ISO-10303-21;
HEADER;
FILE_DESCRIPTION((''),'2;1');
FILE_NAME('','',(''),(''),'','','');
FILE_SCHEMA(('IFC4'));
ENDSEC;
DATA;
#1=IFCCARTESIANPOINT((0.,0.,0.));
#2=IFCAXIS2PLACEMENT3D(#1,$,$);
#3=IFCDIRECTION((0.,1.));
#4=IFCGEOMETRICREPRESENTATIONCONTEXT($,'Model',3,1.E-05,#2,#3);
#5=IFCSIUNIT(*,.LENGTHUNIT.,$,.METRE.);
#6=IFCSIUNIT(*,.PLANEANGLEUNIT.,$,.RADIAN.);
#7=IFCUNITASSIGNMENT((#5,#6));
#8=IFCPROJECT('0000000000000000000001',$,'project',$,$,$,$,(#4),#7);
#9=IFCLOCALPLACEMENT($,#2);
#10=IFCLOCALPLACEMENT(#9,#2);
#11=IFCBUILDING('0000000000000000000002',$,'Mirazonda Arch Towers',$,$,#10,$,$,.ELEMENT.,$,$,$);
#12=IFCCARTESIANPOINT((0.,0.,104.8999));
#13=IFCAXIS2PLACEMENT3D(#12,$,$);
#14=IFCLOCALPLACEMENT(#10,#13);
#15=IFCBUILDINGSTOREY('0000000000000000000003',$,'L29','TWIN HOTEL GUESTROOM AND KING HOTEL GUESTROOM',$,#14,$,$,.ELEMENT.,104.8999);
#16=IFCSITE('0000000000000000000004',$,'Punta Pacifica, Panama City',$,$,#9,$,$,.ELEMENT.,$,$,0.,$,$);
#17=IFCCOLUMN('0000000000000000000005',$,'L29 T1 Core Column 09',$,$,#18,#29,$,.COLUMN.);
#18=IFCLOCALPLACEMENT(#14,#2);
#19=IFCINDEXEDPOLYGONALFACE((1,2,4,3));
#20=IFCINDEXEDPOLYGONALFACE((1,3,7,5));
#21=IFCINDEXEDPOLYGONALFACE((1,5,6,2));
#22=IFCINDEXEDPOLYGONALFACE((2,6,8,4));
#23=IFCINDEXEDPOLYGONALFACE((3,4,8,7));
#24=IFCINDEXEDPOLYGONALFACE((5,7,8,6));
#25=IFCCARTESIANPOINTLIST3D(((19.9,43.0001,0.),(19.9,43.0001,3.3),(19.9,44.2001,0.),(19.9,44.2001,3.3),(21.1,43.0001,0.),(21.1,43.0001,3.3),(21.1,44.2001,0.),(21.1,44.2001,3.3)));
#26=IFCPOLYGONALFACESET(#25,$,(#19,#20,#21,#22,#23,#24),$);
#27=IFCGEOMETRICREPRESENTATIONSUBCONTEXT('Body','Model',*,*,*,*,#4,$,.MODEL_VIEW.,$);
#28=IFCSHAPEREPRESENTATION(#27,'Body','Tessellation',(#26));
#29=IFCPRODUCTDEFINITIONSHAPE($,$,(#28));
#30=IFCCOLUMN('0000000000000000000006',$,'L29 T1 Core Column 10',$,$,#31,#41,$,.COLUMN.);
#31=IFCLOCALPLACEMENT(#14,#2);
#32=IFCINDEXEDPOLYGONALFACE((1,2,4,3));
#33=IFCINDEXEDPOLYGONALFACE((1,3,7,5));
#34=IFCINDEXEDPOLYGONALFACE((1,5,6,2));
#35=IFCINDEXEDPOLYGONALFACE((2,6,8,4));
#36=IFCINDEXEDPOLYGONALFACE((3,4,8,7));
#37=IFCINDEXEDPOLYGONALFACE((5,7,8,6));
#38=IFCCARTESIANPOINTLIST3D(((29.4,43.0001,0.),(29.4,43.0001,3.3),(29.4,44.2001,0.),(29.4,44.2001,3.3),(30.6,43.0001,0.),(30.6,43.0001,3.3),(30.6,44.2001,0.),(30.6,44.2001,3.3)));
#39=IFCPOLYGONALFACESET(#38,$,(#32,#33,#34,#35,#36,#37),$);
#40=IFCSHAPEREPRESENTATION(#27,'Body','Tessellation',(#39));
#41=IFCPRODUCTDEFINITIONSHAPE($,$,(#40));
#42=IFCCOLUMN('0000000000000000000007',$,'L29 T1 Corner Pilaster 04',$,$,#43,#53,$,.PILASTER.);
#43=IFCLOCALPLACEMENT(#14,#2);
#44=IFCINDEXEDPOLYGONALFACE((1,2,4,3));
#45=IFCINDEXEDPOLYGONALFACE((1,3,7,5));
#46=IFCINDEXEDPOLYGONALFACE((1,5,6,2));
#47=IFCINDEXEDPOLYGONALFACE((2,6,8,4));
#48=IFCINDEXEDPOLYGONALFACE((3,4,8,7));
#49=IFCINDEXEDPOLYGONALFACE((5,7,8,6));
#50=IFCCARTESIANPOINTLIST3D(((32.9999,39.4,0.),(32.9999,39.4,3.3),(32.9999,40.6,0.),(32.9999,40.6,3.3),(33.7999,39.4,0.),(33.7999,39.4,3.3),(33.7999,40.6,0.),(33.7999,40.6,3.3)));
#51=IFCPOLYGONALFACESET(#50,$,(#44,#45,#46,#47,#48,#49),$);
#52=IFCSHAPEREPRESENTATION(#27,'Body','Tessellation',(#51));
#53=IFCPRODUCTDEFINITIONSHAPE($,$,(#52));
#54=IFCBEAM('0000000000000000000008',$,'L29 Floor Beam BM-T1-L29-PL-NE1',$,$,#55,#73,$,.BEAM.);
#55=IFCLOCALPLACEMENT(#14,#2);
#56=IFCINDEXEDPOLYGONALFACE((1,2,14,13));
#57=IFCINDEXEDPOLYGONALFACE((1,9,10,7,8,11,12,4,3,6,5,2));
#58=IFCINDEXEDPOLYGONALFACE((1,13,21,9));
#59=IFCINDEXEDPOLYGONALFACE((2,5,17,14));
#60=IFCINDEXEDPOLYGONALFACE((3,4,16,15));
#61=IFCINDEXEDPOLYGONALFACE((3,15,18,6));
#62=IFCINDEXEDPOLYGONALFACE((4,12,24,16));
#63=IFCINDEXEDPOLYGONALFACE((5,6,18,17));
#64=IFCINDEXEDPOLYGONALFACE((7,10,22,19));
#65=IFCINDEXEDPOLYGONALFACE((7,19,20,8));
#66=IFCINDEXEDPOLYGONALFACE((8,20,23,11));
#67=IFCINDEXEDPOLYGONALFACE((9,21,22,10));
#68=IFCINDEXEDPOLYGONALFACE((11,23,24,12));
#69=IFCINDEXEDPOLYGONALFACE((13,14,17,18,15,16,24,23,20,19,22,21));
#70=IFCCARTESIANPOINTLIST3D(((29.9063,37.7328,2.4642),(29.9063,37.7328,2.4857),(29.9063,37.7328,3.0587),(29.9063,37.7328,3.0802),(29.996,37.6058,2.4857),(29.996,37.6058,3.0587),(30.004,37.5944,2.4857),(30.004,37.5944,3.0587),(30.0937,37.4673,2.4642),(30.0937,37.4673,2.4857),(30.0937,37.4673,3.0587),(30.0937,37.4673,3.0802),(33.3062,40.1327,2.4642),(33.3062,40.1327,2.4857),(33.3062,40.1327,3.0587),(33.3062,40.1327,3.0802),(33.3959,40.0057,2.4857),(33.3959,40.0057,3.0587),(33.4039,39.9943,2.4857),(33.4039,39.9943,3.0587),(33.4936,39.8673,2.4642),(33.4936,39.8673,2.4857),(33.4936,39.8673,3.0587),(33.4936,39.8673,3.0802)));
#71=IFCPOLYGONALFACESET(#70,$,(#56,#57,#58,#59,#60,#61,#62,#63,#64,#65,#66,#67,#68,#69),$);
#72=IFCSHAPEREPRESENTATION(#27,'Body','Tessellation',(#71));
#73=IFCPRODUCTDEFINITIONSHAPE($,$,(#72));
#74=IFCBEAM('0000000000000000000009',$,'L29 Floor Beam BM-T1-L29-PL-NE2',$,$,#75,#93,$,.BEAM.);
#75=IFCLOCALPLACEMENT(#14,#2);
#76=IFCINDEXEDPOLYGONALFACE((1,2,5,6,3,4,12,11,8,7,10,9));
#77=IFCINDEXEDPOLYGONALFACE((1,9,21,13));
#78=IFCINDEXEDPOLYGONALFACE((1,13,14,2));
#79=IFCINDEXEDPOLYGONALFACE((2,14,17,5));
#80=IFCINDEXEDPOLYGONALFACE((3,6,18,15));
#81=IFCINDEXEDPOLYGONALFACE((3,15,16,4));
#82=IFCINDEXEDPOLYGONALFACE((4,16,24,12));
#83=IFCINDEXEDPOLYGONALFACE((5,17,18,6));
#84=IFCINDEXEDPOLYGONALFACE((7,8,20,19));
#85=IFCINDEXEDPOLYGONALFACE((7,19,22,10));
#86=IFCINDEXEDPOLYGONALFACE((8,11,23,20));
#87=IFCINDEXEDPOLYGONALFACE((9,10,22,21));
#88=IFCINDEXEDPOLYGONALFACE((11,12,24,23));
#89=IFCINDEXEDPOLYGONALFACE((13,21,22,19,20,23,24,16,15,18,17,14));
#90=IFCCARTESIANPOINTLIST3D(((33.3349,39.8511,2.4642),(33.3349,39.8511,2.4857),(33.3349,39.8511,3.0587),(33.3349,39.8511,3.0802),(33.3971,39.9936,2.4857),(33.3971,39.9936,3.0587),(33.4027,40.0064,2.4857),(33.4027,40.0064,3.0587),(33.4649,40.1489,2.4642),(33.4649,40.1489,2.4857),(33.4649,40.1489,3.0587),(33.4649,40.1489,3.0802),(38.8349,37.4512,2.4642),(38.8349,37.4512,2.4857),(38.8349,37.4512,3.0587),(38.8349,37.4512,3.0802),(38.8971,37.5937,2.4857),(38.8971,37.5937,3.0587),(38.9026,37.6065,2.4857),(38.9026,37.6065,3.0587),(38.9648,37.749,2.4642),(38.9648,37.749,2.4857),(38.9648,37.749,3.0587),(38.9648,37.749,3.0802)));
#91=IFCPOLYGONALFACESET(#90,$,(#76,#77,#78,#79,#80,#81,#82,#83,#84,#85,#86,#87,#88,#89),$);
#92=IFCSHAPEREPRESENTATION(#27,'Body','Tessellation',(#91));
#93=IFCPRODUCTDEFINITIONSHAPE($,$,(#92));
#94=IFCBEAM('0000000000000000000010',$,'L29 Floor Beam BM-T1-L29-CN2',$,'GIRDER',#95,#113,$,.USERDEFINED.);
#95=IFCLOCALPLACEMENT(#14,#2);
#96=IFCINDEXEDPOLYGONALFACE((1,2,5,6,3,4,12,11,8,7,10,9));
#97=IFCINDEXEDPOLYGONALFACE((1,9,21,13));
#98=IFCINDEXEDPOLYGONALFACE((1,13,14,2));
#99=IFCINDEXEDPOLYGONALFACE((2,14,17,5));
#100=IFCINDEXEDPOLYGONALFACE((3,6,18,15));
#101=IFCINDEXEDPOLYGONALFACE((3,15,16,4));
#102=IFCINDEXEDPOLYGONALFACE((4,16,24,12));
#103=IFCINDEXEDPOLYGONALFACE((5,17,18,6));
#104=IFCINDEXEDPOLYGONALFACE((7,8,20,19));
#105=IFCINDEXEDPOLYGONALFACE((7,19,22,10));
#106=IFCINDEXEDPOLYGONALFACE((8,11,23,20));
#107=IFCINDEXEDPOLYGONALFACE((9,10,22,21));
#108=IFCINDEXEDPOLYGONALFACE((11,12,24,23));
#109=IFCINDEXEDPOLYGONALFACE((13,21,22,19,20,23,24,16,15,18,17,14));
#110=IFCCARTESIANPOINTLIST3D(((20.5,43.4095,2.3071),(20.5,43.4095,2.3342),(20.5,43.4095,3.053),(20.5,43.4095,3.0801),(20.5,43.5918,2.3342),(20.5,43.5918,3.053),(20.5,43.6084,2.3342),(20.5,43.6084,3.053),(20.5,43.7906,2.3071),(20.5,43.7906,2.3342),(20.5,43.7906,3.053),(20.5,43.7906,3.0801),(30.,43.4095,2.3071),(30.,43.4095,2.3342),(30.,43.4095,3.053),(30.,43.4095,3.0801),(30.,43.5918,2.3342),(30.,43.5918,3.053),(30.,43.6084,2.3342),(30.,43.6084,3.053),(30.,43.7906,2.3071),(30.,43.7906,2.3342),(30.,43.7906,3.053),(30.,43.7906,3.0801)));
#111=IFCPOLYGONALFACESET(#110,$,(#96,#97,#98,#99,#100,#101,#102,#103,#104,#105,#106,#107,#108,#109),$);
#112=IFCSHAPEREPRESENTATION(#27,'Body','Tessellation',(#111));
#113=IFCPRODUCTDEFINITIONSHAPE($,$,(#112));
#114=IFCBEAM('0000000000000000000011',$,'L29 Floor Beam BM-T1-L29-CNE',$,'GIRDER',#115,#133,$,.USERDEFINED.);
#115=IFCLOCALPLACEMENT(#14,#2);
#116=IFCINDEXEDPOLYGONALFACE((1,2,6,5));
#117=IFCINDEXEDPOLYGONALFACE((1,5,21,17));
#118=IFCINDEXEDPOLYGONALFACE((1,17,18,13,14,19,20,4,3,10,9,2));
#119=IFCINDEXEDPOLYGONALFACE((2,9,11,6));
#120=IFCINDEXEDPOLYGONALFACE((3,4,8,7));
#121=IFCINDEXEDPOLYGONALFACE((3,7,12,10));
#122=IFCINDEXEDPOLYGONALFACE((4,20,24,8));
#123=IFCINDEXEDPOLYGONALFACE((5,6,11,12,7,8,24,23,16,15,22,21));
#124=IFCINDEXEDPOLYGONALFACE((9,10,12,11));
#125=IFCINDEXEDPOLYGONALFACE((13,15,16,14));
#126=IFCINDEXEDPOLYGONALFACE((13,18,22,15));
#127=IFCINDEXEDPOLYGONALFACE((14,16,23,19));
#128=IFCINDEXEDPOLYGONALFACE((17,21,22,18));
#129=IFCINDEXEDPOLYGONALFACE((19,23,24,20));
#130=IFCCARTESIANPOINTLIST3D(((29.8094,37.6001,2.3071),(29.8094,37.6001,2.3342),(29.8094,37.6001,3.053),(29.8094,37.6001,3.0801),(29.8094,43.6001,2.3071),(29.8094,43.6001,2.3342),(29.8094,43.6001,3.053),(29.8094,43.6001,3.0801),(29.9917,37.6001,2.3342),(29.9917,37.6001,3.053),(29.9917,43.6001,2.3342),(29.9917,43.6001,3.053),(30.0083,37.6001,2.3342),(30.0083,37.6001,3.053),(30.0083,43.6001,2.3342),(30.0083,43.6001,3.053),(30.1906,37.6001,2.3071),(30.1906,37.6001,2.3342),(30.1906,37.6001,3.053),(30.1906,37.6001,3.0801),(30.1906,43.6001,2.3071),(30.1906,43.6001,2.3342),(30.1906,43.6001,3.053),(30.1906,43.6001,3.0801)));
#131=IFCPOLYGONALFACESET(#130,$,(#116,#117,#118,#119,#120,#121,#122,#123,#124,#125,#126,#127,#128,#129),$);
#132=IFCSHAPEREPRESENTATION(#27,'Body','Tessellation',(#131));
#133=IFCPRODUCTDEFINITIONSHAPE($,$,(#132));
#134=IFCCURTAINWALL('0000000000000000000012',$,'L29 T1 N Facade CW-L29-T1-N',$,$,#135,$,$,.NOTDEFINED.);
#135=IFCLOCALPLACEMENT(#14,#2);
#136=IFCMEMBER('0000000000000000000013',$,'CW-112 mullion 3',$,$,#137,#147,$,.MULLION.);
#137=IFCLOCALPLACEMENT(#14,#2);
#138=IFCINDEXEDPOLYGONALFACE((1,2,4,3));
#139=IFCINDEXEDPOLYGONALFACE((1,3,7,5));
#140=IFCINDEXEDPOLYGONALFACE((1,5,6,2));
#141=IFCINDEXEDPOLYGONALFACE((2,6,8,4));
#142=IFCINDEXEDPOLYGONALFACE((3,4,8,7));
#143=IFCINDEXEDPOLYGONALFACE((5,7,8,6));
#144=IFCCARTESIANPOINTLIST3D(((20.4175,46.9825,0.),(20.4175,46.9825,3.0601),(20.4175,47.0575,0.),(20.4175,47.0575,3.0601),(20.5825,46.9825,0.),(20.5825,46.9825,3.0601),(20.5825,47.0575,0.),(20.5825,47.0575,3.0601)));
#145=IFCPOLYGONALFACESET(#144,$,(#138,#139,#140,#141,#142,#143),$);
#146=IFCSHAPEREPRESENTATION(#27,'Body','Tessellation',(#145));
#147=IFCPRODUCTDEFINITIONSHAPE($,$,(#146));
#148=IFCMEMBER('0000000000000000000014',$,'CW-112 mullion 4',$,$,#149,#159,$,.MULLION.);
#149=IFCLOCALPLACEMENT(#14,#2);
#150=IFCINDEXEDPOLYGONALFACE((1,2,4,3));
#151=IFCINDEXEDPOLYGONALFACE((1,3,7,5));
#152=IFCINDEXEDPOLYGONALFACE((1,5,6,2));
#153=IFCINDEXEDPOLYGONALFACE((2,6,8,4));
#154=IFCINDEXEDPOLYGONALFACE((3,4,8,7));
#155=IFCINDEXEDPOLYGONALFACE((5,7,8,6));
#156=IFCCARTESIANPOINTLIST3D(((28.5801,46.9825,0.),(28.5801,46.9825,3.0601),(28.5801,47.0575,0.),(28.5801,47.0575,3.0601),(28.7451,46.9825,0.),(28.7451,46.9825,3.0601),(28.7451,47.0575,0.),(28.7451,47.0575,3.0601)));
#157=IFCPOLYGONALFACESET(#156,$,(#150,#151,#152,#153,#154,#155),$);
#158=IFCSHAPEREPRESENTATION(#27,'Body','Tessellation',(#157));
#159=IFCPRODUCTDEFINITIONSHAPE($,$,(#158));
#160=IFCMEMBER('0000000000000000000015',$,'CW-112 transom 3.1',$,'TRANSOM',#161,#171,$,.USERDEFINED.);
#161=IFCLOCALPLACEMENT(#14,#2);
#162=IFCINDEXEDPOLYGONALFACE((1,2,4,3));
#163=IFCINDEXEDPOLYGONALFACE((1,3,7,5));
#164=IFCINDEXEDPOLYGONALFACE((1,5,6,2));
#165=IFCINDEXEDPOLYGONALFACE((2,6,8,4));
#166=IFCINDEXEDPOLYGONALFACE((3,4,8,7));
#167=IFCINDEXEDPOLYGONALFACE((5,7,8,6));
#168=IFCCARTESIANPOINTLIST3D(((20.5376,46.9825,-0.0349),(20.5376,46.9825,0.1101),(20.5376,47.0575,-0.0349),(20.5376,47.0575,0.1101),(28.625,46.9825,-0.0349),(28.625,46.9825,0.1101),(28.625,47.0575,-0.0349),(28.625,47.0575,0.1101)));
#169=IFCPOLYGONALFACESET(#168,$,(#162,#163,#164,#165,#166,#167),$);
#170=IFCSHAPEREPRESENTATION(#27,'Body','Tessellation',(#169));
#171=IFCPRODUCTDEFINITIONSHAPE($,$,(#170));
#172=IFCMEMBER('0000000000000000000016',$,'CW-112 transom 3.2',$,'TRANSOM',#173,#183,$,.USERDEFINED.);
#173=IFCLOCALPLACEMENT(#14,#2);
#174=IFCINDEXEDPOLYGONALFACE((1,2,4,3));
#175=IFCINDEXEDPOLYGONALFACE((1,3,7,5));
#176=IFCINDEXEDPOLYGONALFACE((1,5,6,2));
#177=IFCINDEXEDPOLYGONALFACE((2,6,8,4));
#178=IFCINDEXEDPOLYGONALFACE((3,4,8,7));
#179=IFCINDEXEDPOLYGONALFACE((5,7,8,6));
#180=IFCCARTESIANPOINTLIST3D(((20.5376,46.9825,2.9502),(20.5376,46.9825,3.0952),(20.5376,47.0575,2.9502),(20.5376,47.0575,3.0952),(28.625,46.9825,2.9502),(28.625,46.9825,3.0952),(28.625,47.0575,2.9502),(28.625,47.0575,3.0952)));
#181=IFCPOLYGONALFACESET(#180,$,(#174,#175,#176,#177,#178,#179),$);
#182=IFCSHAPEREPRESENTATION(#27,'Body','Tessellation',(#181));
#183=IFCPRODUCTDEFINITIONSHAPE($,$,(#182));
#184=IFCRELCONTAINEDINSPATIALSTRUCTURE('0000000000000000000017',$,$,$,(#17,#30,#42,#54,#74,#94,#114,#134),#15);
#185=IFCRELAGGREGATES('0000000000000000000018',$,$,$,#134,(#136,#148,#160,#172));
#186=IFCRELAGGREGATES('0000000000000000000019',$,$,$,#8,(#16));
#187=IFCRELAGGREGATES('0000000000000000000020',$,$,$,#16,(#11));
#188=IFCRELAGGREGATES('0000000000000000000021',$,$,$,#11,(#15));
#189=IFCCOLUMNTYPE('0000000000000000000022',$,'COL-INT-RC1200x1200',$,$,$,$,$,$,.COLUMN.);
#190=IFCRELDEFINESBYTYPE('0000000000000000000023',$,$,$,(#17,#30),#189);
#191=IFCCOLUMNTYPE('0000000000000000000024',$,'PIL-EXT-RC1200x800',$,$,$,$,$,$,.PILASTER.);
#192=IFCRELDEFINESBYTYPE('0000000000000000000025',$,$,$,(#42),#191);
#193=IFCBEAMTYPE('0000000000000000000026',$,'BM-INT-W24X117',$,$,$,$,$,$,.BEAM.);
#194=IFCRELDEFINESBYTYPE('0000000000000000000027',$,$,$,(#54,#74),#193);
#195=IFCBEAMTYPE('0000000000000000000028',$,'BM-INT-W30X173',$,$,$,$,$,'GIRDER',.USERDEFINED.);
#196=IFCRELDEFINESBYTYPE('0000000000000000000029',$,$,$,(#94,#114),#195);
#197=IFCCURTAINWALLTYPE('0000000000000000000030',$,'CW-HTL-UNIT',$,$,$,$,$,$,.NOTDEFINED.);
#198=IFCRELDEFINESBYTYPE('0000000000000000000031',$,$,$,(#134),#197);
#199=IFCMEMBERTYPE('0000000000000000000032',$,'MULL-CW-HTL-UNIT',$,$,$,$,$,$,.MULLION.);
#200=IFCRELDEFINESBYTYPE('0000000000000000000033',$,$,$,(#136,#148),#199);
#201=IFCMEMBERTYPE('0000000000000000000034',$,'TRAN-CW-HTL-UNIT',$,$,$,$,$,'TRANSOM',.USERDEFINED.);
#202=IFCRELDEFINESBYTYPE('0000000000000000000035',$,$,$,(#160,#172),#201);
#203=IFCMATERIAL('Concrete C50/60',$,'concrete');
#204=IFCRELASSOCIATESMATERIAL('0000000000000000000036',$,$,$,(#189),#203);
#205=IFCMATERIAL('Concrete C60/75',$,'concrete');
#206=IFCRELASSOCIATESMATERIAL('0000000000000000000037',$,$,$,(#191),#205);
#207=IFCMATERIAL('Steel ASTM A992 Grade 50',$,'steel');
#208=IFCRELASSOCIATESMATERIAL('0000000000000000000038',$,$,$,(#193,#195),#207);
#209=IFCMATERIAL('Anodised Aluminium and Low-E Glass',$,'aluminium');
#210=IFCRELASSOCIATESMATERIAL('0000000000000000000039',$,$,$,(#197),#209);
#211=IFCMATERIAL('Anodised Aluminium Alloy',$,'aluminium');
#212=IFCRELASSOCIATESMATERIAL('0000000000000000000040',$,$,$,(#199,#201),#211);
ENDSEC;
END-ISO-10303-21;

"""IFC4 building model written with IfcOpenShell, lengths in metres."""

from ifc_helpers import new_model, si_unit, direction, frame, origin, origin_2d, place, context, subcontext, project, spatial, rectangle, i_section, extrude, material, material_profile, profile_set, type_object, element, aggregate, save


model = new_model("IFC4")

# Units and contexts
model_context = context("Model", 3, precision=1e-05, world=origin(), true_north=direction((0.0, 1.0)))
body_context = subcontext(model_context, "Body", "Model", "MODEL_VIEW")
ifc_project = project(units=[si_unit("LENGTHUNIT", "METRE"), si_unit("PLANEANGLEUNIT", "RADIAN")], contexts=[model_context])

# Site, building, storey
site_placement = place(None, origin())
site = spatial("IfcSite", under=ifc_project, at=site_placement, Name="Punta Pacifica, Panama City", CompositionType="ELEMENT", RefElevation=0.0)
building_placement = place(site_placement, origin())
building = spatial("IfcBuilding", under=site, at=building_placement, Name="Mirazonda Arch Towers", CompositionType="ELEMENT")
storey_placement = place(building_placement, frame((0.0, 0.0, 104.8999)))
storey = spatial("IfcBuildingStorey", under=building, at=storey_placement, Name="L29", Description="TWIN HOTEL GUESTROOM AND KING HOTEL GUESTROOM", CompositionType="ELEMENT", Elevation=104.8999)

# Columns
ifc_material_1 = material(Name="Concrete C50/60", Category="concrete")
ifc_material_profile_1 = material_profile(ifc_material_1, rectangle(XDim=1.2, YDim=1.2, at=origin_2d()), Name="RC1200x1200")
ifc_profile_set_1 = profile_set([ifc_material_profile_1], Name="Concrete C50/60")
column_type_1 = type_object("IfcColumnType", Name="COL-INT-RC1200x1200", PredefinedType="COLUMN", material=ifc_profile_set_1)
for number, where, z_axis, x_axis, name in (
    (1, (20.5, 43.6001, 0.0), (0.0, 0.0, 1.0), (1.0, 0.0, 0.0), "L29 T1 Core Column 09"),
    (2, (30.0, 43.6001, 0.0), (0.0, 0.0, 1.0), (1.0, 0.0, 0.0), "L29 T1 Core Column 10"),
):
    element("IfcColumn", number, at=place(storey_placement, frame(where, z_axis=z_axis, x_axis=x_axis)), inside=storey, type_object=column_type_1, Name=name, PredefinedType="COLUMN", context=body_context, shape_type="SweptSolid", body=[
        extrude(rectangle(XDim=1.2, YDim=1.2, at=origin_2d()), origin(), (0.0, 0.0, 1.0), 3.3),
    ])
ifc_material_2 = material(Name="Concrete C60/75", Category="concrete")
ifc_material_profile_2 = material_profile(ifc_material_2, rectangle(XDim=0.8, YDim=1.2, at=origin_2d()), Name="RC1200x800")
ifc_profile_set_2 = profile_set([ifc_material_profile_2], Name="Concrete C60/75")
column_type_2 = type_object("IfcColumnType", Name="PIL-EXT-RC1200x800", PredefinedType="PILASTER", material=ifc_profile_set_2)
column_placement = place(storey_placement, frame((33.3999, 40.0, 0.0), z_axis=(0.0, 0.0, 1.0), x_axis=(1.0, 0.0, 0.0)))
element("IfcColumn", 3, at=column_placement, inside=storey, type_object=column_type_2, Name="L29 T1 Corner Pilaster 04", PredefinedType="PILASTER", context=body_context, shape_type="SweptSolid", body=[
    extrude(rectangle(XDim=0.8, YDim=1.2, at=origin_2d()), origin(), (0.0, 0.0, 1.0), 3.3),
])

# Beams
ifc_material_3 = material(Name="Steel ASTM A992 Grade 50", Category="steel")
ifc_material_profile_3 = material_profile(ifc_material_3, i_section(OverallWidth=0.325, OverallDepth=0.616, WebThickness=0.0139, FlangeThickness=0.0215, at=origin_2d()), Name="W24X117")
ifc_profile_set_3 = profile_set([ifc_material_profile_3], Name="Steel ASTM A992 Grade 50")
beam_type_1 = type_object("IfcBeamType", Name="BM-INT-W24X117", PredefinedType="BEAM", material=ifc_profile_set_3)
beam_1_placement = place(storey_placement, frame((33.3999, 40.0, 2.7722), z_axis=(-0.816971, -0.576679, 0.0), x_axis=(0.576679, -0.816971, 0.0)))
element("IfcBeam", 4, at=beam_1_placement, inside=storey, type_object=beam_type_1, Name="L29 Floor Beam BM-T1-L29-PL-NE1", PredefinedType="BEAM", context=body_context, shape_type="SweptSolid", body=[
    extrude(i_section(OverallWidth=0.325, OverallDepth=0.616, WebThickness=0.0139, FlangeThickness=0.0215, at=origin_2d()), origin(), (0.0, 0.0, 1.0), 4.1616),
])
beam_2_placement = place(storey_placement, frame((33.3999, 40.0, 2.7722), z_axis=(0.916545, -0.399931, 0.0), x_axis=(0.399931, 0.916545, 0.0)))
element("IfcBeam", 5, at=beam_2_placement, inside=storey, type_object=beam_type_1, Name="L29 Floor Beam BM-T1-L29-PL-NE2", PredefinedType="BEAM", context=body_context, shape_type="SweptSolid", body=[
    extrude(i_section(OverallWidth=0.325, OverallDepth=0.616, WebThickness=0.0139, FlangeThickness=0.0215, at=origin_2d()), origin(), (0.0, 0.0, 1.0), 6.0007),
])
ifc_material_profile_4 = material_profile(ifc_material_3, i_section(OverallWidth=0.3811, OverallDepth=0.7729, WebThickness=0.0166, FlangeThickness=0.0271, at=origin_2d()), Name="W30X173")
ifc_profile_set_4 = profile_set([ifc_material_profile_4], Name="Steel ASTM A992 Grade 50")
beam_type_2 = type_object("IfcBeamType", Name="BM-INT-W30X173", ElementType="GIRDER", PredefinedType="USERDEFINED", material=ifc_profile_set_4)
beam_3_placement = place(storey_placement, frame((20.5, 43.6001, 2.6936), z_axis=(1.0, 0.0, 0.0), x_axis=(0.0, 1.0, 0.0)))
element("IfcBeam", 6, at=beam_3_placement, inside=storey, type_object=beam_type_2, Name="L29 Floor Beam BM-T1-L29-CN2", ObjectType="GIRDER", PredefinedType="USERDEFINED", context=body_context, shape_type="SweptSolid", body=[
    extrude(i_section(OverallWidth=0.3811, OverallDepth=0.7729, WebThickness=0.0166, FlangeThickness=0.0271, at=origin_2d()), origin(), (0.0, 0.0, 1.0), 9.5),
])
beam_4_placement = place(storey_placement, frame((30.0, 37.6001, 2.6936), z_axis=(0.0, 1.0, 0.0), x_axis=(-1.0, 0.0, 0.0)))
element("IfcBeam", 7, at=beam_4_placement, inside=storey, type_object=beam_type_2, Name="L29 Floor Beam BM-T1-L29-CNE", ObjectType="GIRDER", PredefinedType="USERDEFINED", context=body_context, shape_type="SweptSolid", body=[
    extrude(i_section(OverallWidth=0.3811, OverallDepth=0.7729, WebThickness=0.0166, FlangeThickness=0.0271, at=origin_2d()), origin(), (0.0, 0.0, 1.0), 6.0),
])

# Curtain wall, members
ifc_material_4 = material(Name="Anodised Aluminium and Low-E Glass", Category="aluminium")
curtain_wall_type = type_object("IfcCurtainWallType", Name="CW-HTL-UNIT", PredefinedType="NOTDEFINED", material=ifc_material_4)
curtain_wall_placement = place(storey_placement, origin())
curtain_wall = element("IfcCurtainWall", 8, at=curtain_wall_placement, inside=storey, type_object=curtain_wall_type, Name="L29 T1 N Facade CW-L29-T1-N", PredefinedType="NOTDEFINED")
ifc_material_5 = material(Name="Anodised Aluminium Alloy", Category="aluminium")
ifc_material_profile_5 = material_profile(ifc_material_5, rectangle(XDim=0.075, YDim=0.165, at=origin_2d()), Name="ALU-MULL-75x165")
ifc_profile_set_5 = profile_set([ifc_material_profile_5], Name="Anodised Aluminium Alloy")
member_type_1 = type_object("IfcMemberType", Name="MULL-CW-HTL-UNIT", PredefinedType="MULLION", material=ifc_profile_set_5)
member_1_placement = place(storey_placement, frame((20.5, 47.02, 0.0), z_axis=(0.0, 0.0, 1.0), x_axis=(0.0, 1.0, 0.0)))
member_1 = element("IfcMember", 9, at=member_1_placement, type_object=member_type_1, Name="CW-112 mullion 3", PredefinedType="MULLION", context=body_context, shape_type="SweptSolid", body=[
    extrude(rectangle(XDim=0.075, YDim=0.165, at=origin_2d()), origin(), (0.0, 0.0, 1.0), 3.0601),
])
member_2_placement = place(storey_placement, frame((28.6626, 47.02, 0.0), z_axis=(0.0, 0.0, 1.0), x_axis=(0.0, 1.0, 0.0)))
member_2 = element("IfcMember", 10, at=member_2_placement, type_object=member_type_1, Name="CW-112 mullion 4", PredefinedType="MULLION", context=body_context, shape_type="SweptSolid", body=[
    extrude(rectangle(XDim=0.075, YDim=0.165, at=origin_2d()), origin(), (0.0, 0.0, 1.0), 3.0601),
])
ifc_material_profile_6 = material_profile(ifc_material_5, rectangle(XDim=0.075, YDim=0.145, at=origin_2d()), Name="ALU-TRAN-75x145")
ifc_profile_set_6 = profile_set([ifc_material_profile_6], Name="Anodised Aluminium Alloy")
member_type_2 = type_object("IfcMemberType", Name="TRAN-CW-HTL-UNIT", ElementType="TRANSOM", PredefinedType="USERDEFINED", material=ifc_profile_set_6)
member_3_placement = place(storey_placement, frame((20.5376, 47.02, 0.0376), z_axis=(1.0, 0.0, 0.0), x_axis=(0.0, 1.0, 0.0)))
member_3 = element("IfcMember", 11, at=member_3_placement, type_object=member_type_2, Name="CW-112 transom 3.1", ObjectType="TRANSOM", PredefinedType="USERDEFINED", context=body_context, shape_type="SweptSolid", body=[
    extrude(rectangle(XDim=0.075, YDim=0.145, at=origin_2d()), origin(), (0.0, 0.0, 1.0), 8.0874),
])
member_4_placement = place(storey_placement, frame((20.5376, 47.02, 3.0227), z_axis=(1.0, 0.0, 0.0), x_axis=(0.0, 1.0, 0.0)))
member_4 = element("IfcMember", 12, at=member_4_placement, type_object=member_type_2, Name="CW-112 transom 3.2", ObjectType="TRANSOM", PredefinedType="USERDEFINED", context=body_context, shape_type="SweptSolid", body=[
    extrude(rectangle(XDim=0.075, YDim=0.145, at=origin_2d()), origin(), (0.0, 0.0, 1.0), 8.0874),
])
aggregate(curtain_wall, [member_1, member_2, member_3, member_4])

save(model, "model.ifc")
